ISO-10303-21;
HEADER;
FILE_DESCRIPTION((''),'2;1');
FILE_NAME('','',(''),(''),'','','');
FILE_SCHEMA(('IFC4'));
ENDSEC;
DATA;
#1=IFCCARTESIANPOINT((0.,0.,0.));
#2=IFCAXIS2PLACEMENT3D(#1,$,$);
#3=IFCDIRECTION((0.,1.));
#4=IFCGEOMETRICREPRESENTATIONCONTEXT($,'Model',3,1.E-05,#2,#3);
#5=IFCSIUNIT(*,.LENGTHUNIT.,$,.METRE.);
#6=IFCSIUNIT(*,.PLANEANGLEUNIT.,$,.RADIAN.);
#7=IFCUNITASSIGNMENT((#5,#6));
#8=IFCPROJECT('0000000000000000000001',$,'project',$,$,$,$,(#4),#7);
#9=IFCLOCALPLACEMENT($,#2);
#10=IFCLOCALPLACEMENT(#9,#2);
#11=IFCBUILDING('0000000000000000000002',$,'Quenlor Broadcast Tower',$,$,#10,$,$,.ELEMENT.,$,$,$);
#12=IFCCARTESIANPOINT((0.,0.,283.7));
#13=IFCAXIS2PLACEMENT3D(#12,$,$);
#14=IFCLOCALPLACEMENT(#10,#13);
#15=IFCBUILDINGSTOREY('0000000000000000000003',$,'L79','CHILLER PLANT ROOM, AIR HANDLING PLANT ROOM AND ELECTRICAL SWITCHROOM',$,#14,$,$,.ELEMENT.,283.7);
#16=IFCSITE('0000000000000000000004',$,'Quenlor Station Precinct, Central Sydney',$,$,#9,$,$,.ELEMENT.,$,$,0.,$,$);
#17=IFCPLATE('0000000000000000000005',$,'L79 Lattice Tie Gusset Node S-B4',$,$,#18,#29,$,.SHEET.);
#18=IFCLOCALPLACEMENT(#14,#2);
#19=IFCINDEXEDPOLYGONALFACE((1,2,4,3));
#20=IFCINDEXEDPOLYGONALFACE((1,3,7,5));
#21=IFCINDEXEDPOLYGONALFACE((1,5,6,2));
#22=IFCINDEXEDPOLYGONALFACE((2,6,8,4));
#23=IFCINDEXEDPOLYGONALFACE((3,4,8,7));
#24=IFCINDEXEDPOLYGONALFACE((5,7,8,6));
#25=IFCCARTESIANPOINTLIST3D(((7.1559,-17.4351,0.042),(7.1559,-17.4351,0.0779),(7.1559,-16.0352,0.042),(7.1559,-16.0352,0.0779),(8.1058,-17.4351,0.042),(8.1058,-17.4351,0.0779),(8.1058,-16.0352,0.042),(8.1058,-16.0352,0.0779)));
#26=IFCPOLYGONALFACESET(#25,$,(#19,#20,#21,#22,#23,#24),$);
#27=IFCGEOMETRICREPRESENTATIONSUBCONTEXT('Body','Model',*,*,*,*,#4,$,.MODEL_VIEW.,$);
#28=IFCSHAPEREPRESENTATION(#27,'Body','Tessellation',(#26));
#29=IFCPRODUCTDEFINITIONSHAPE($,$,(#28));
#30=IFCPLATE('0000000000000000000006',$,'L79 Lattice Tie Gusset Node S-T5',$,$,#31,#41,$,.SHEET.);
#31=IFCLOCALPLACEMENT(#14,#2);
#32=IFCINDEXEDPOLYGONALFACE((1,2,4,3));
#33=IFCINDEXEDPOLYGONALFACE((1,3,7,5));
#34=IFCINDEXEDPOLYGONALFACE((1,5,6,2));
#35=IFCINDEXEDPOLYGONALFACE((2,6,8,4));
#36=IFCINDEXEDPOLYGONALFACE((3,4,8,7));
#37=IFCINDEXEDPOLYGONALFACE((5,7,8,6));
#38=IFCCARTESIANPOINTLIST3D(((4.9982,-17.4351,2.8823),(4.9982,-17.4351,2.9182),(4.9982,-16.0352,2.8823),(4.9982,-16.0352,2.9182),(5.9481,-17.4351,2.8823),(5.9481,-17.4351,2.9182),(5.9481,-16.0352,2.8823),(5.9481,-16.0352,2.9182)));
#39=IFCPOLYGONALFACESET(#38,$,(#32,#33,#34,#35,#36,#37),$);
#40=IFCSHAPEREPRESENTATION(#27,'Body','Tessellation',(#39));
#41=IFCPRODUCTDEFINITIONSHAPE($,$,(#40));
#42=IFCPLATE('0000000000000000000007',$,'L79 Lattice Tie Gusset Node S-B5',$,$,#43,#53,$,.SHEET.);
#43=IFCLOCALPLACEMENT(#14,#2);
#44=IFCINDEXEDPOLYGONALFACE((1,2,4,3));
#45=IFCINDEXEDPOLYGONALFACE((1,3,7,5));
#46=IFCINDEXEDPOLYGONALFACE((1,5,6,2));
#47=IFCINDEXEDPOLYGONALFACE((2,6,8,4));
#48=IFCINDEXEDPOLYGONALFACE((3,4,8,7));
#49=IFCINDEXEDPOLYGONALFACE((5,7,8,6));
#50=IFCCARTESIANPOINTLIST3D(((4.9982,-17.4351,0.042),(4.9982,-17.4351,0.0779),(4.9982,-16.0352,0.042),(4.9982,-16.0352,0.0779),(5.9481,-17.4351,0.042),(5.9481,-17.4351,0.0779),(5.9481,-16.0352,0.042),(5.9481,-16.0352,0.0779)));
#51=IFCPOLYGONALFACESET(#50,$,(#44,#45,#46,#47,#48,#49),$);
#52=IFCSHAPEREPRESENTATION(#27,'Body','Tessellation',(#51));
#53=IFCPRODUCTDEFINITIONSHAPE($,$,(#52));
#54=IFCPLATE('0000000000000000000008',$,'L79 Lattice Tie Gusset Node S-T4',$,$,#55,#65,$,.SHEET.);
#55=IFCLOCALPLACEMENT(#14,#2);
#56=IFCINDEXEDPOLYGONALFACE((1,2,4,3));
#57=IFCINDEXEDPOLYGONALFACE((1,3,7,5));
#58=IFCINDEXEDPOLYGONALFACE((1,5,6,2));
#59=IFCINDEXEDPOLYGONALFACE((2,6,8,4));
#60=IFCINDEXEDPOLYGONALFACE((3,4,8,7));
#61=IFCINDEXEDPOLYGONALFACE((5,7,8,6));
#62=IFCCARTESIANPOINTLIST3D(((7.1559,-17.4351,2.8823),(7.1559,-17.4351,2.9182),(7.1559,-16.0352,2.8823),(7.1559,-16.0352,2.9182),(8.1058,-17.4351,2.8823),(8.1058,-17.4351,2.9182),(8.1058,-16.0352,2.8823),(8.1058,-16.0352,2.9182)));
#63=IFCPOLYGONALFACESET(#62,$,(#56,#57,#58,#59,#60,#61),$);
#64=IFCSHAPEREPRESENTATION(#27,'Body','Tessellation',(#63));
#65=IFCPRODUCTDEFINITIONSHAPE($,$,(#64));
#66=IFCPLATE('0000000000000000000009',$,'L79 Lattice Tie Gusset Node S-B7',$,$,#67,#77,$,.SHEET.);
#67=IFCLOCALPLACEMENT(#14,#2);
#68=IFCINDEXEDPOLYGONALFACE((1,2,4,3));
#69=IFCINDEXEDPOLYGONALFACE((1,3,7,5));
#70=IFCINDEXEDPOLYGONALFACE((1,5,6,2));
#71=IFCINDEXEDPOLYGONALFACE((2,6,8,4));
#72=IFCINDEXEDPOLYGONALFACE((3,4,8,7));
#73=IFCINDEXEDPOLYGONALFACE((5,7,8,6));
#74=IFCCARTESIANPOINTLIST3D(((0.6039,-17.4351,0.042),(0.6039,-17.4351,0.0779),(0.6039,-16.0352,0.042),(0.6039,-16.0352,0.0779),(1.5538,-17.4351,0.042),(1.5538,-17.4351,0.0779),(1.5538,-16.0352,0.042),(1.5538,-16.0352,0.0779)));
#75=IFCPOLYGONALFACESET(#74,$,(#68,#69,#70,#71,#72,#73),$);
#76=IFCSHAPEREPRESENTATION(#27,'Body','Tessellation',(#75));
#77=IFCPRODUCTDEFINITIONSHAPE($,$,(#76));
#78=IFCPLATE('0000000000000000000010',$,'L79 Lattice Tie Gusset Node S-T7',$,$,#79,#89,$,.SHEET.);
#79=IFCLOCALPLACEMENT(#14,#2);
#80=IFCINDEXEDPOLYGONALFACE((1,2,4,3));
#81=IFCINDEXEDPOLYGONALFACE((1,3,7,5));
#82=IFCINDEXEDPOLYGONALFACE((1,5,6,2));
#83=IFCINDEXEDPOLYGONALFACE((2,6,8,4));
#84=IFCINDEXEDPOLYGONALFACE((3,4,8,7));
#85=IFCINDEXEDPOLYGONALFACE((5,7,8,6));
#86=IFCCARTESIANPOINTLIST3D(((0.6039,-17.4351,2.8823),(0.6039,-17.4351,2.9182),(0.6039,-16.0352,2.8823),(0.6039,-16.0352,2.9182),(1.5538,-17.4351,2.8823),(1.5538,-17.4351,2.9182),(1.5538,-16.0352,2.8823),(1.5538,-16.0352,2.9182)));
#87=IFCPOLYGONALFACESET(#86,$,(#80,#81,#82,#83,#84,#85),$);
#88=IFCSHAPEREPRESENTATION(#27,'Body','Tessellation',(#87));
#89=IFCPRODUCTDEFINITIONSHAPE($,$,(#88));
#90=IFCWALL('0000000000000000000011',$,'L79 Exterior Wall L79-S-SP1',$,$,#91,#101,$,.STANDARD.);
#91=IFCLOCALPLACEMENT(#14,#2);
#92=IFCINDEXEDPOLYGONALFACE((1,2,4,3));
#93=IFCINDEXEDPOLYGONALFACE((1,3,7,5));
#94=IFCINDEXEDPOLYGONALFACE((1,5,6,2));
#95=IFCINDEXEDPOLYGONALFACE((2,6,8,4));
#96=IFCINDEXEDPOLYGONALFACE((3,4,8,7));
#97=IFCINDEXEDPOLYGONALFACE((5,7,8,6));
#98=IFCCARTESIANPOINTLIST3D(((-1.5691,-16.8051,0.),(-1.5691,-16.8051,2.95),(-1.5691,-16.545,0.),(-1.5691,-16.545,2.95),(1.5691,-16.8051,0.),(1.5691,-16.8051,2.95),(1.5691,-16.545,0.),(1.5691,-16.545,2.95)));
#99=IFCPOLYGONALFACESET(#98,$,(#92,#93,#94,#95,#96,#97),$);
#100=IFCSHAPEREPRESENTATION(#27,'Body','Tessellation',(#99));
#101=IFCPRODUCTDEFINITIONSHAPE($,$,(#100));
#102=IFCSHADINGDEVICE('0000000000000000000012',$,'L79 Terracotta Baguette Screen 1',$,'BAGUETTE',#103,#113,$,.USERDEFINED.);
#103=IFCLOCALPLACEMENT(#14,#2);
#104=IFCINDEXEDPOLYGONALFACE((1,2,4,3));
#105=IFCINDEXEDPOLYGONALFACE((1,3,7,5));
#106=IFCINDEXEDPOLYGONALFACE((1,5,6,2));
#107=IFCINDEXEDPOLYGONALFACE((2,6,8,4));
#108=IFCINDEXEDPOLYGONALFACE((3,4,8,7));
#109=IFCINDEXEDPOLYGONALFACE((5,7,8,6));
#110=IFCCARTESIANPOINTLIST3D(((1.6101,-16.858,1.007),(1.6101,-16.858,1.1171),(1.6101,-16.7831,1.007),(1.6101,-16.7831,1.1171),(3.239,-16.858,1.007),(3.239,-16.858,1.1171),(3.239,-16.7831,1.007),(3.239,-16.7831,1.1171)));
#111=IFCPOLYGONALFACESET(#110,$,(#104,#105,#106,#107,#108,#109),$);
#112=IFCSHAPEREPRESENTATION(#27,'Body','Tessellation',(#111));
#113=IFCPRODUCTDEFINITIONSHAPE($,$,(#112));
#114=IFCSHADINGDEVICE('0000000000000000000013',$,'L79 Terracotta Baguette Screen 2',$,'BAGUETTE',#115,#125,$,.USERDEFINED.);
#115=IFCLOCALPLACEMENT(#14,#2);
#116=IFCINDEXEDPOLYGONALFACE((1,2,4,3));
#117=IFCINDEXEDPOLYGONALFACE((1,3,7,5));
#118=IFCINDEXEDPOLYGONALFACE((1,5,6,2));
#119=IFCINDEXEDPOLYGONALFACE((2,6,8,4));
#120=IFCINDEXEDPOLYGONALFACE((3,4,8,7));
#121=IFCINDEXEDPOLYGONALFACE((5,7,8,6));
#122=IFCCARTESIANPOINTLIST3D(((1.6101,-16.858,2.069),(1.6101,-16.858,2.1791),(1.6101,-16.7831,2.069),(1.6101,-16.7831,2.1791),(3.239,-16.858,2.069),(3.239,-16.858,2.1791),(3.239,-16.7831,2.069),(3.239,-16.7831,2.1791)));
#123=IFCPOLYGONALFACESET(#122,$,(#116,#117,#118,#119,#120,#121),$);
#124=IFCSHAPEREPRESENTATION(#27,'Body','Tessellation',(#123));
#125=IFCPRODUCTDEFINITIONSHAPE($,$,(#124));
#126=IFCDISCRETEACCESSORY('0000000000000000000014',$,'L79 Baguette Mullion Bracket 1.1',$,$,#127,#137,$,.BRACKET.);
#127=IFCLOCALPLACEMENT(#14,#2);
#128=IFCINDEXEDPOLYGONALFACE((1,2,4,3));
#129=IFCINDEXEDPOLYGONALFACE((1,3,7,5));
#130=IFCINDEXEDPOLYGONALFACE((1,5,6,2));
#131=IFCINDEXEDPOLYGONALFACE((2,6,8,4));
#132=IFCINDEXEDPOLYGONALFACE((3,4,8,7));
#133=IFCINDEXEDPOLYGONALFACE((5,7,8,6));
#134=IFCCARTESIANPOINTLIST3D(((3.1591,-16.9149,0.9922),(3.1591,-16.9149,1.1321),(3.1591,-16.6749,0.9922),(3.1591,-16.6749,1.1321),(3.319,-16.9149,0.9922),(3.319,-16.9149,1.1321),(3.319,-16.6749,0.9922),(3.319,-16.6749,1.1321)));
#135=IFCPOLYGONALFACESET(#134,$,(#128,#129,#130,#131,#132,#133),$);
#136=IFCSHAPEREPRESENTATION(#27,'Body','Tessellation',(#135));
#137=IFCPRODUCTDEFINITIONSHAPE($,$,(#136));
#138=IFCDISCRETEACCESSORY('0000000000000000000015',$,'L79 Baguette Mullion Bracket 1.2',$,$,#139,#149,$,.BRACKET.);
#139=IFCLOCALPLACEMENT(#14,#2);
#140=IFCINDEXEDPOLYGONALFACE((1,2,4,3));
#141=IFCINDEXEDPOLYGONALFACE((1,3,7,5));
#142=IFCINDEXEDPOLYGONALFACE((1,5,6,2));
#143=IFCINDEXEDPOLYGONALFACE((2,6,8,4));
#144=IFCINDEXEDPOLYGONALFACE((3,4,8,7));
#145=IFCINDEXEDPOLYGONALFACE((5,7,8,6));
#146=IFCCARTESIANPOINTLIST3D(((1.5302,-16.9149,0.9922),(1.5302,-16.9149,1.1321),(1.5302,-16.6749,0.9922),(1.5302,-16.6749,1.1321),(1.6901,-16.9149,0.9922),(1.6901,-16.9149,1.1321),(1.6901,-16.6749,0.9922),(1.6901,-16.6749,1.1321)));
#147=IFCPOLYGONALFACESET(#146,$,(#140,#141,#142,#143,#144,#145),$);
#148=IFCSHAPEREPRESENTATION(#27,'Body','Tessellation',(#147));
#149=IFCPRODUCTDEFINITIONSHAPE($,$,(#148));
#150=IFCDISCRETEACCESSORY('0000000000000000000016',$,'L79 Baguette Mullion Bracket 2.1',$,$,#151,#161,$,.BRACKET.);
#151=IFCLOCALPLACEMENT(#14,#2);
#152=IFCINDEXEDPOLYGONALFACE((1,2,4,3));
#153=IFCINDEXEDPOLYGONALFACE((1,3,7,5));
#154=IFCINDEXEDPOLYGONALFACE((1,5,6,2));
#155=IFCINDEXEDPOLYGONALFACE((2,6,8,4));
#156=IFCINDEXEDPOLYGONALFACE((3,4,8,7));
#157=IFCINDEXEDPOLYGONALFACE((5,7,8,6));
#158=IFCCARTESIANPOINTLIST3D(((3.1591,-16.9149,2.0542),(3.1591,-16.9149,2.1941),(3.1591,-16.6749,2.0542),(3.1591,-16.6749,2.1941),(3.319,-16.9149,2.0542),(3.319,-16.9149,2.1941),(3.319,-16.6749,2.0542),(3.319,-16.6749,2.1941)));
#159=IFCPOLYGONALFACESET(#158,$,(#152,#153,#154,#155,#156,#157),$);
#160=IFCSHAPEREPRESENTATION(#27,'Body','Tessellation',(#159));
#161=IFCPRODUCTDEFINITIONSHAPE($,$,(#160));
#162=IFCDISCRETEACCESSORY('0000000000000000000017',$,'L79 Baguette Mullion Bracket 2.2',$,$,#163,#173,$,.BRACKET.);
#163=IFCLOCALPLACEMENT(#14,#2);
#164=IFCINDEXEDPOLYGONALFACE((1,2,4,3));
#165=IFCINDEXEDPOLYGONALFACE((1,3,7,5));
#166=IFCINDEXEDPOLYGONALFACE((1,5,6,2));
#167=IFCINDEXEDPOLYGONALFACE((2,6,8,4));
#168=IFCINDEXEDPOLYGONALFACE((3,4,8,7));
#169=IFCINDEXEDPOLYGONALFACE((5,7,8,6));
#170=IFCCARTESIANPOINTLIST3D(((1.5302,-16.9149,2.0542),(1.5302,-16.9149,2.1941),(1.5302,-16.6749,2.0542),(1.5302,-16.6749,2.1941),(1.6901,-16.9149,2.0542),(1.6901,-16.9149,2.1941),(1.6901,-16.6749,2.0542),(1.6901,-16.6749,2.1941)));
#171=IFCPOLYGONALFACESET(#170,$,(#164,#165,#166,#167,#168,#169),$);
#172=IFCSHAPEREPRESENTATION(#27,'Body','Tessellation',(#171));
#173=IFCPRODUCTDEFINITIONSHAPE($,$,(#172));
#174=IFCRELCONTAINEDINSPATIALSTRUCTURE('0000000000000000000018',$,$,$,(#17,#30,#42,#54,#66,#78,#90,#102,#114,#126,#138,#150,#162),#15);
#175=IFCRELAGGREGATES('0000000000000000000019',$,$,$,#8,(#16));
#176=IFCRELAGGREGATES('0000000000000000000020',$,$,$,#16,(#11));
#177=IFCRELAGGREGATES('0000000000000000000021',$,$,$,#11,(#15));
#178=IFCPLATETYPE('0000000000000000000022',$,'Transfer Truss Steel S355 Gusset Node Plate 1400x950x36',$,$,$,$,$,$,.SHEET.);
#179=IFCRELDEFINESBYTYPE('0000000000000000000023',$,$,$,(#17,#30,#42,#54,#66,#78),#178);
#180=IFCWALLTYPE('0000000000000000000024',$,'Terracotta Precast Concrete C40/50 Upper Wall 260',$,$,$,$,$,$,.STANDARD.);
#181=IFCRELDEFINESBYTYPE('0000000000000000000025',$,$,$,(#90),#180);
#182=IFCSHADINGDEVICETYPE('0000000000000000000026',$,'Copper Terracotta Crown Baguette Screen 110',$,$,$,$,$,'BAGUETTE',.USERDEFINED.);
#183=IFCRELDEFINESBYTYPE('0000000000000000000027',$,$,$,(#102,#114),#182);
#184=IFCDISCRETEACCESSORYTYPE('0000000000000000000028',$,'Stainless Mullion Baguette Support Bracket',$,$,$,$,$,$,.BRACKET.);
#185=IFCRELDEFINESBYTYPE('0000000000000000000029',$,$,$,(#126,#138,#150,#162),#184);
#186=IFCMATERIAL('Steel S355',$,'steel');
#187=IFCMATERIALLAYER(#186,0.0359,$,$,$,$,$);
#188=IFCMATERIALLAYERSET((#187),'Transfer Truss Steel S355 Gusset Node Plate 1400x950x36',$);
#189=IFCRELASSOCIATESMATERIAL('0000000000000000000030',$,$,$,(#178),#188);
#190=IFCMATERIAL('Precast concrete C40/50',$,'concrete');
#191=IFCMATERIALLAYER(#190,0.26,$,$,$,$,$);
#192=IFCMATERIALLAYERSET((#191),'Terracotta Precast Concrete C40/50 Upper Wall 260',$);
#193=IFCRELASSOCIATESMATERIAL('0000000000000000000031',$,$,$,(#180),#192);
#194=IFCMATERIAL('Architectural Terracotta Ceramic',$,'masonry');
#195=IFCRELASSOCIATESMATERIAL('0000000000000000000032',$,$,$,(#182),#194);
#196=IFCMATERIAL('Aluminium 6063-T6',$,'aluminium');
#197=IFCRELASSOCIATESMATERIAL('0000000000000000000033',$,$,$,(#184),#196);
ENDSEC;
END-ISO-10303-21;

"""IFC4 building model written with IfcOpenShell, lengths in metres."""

from ifc_helpers import new_model, si_unit, direction, frame, frame_2d, origin, origin_2d, place, context, subcontext, project, spatial, rectangle, extrude, material, layer, layer_set, material_profile, profile_set, type_object, element, save


model = new_model("IFC4")

# Units and contexts
model_context = context("Model", 3, precision=1e-05, world=origin(), true_north=direction((0.0, 1.0)))
body_context = subcontext(model_context, "Body", "Model", "MODEL_VIEW")
ifc_project = project(units=[si_unit("LENGTHUNIT", "METRE"), si_unit("PLANEANGLEUNIT", "RADIAN")], contexts=[model_context])

# Site, building, storey
site_placement = place(None, origin())
site = spatial("IfcSite", under=ifc_project, at=site_placement, Name="Quenlor Station Precinct, Central Sydney", CompositionType="ELEMENT", RefElevation=0.0)
building_placement = place(site_placement, origin())
building = spatial("IfcBuilding", under=site, at=building_placement, Name="Quenlor Broadcast Tower", CompositionType="ELEMENT")
storey_placement = place(building_placement, frame((0.0, 0.0, 283.7)))
storey = spatial("IfcBuildingStorey", under=building, at=storey_placement, Name="L79", Description="CHILLER PLANT ROOM, AIR HANDLING PLANT ROOM AND ELECTRICAL SWITCHROOM", CompositionType="ELEMENT", Elevation=283.7)

# Plates
ifc_material_1 = material(Name="Steel S355", Category="steel")
ifc_layer_1 = layer(ifc_material_1, 0.0359)
ifc_layer_set_1 = layer_set([ifc_layer_1], Name="Transfer Truss Steel S355 Gusset Node Plate 1400x950x36")
plate_type_1 = type_object("IfcPlateType", Name="Transfer Truss Steel S355 Gusset Node Plate 1400x950x36", PredefinedType="SHEET", material=ifc_layer_set_1)
for number, where, z_axis, x_axis, name in (
    (1, (7.6309, -16.7351, 0.042), (0.0, 0.0, 1.0), (0.0, -1.0, 0.0), "L79 Lattice Tie Gusset Node S-B4"),
    (2, (5.4731, -16.7351, 2.8823), (0.0, 0.0, 1.0), (0.0, -1.0, 0.0), "L79 Lattice Tie Gusset Node S-T5"),
    (3, (5.4731, -16.7351, 0.042), (0.0, 0.0, 1.0), (0.0, -1.0, 0.0), "L79 Lattice Tie Gusset Node S-B5"),
    (4, (7.6309, -16.7351, 2.8823), (0.0, 0.0, 1.0), (0.0, -1.0, 0.0), "L79 Lattice Tie Gusset Node S-T4"),
    (5, (1.0789, -16.7351, 0.042), (0.0, 0.0, 1.0), (0.0, -1.0, 0.0), "L79 Lattice Tie Gusset Node S-B7"),
    (6, (1.0789, -16.7351, 2.8823), (0.0, 0.0, 1.0), (0.0, -1.0, 0.0), "L79 Lattice Tie Gusset Node S-T7"),
):
    element("IfcPlate", number, at=place(storey_placement, frame(where, z_axis=z_axis, x_axis=x_axis)), inside=storey, type_object=plate_type_1, Name=name, PredefinedType="SHEET", context=body_context, shape_type="SweptSolid", body=[
        extrude(rectangle(XDim=1.3999, YDim=0.95, at=origin_2d()), origin(), (0.0, 0.0, 1.0), 0.0359),
    ])

# Wall
ifc_material_2 = material(Name="Precast concrete C40/50", Category="concrete")
ifc_layer_2 = layer(ifc_material_2, 0.26)
ifc_layer_set_2 = layer_set([ifc_layer_2], Name="Terracotta Precast Concrete C40/50 Upper Wall 260")
wall_type = type_object("IfcWallType", Name="Terracotta Precast Concrete C40/50 Upper Wall 260", PredefinedType="STANDARD", material=ifc_layer_set_2)
wall_placement = place(storey_placement, frame((1.5691, -16.675, 0.0), z_axis=(0.0, 0.0, 1.0), x_axis=(-1.0, 0.0, 0.0)))
element("IfcWall", 7, at=wall_placement, inside=storey, type_object=wall_type, Name="L79 Exterior Wall L79-S-SP1", PredefinedType="STANDARD", context=body_context, shape_type="SweptSolid", body=[
    extrude(rectangle(XDim=3.1382, YDim=0.26, at=frame_2d((1.5691, 0.0))), origin(), (0.0, 0.0, 1.0), 2.95),
])

# Shading devices
ifc_material_3 = material(Name="Architectural Terracotta Ceramic", Category="masonry")
ifc_material_profile_1 = material_profile(ifc_material_3, rectangle(XDim=0.075, YDim=0.1101, at=origin_2d()))
ifc_profile_set_1 = profile_set([ifc_material_profile_1], Name="Architectural Terracotta Ceramic BAG75x110")
shading_device_type = type_object("IfcShadingDeviceType", Name="Copper Terracotta Crown Baguette Screen 110", ElementType="BAGUETTE", PredefinedType="USERDEFINED", material=ifc_profile_set_1)
for number, where, z_axis, x_axis, name in (
    (8, (3.239, -16.8206, 1.062), (-1.0, 0.0, 0.0), (0.0, -1.0, 0.0), "L79 Terracotta Baguette Screen 1"),
    (9, (3.239, -16.8206, 2.124), (-1.0, 0.0, 0.0), (0.0, -1.0, 0.0), "L79 Terracotta Baguette Screen 2"),
):
    element("IfcShadingDevice", number, at=place(storey_placement, frame(where, z_axis=z_axis, x_axis=x_axis)), inside=storey, type_object=shading_device_type, Name=name, ObjectType="BAGUETTE", PredefinedType="USERDEFINED", context=body_context, shape_type="SweptSolid", body=[
        extrude(rectangle(XDim=0.075, YDim=0.1101, at=origin_2d()), origin(), (0.0, 0.0, 1.0), 1.6289),
    ])

# Discrete accessories
ifc_material_4 = material(Name="Aluminium 6063-T6", Category="aluminium")
discrete_accessory_type = type_object("IfcDiscreteAccessoryType", Name="Stainless Mullion Baguette Support Bracket", PredefinedType="BRACKET", material=ifc_material_4)
for number, where, z_axis, x_axis, name in (
    (10, (3.239, -16.7949, 0.9922), (0.0, 0.0, 1.0), (-1.0, 0.0, 0.0), "L79 Baguette Mullion Bracket 1.1"),
    (11, (1.6101, -16.7949, 0.9922), (0.0, 0.0, 1.0), (-1.0, 0.0, 0.0), "L79 Baguette Mullion Bracket 1.2"),
    (12, (3.239, -16.7949, 2.0542), (0.0, 0.0, 1.0), (-1.0, 0.0, 0.0), "L79 Baguette Mullion Bracket 2.1"),
    (13, (1.6101, -16.7949, 2.0542), (0.0, 0.0, 1.0), (-1.0, 0.0, 0.0), "L79 Baguette Mullion Bracket 2.2"),
):
    element("IfcDiscreteAccessory", number, at=place(storey_placement, frame(where, z_axis=z_axis, x_axis=x_axis)), inside=storey, type_object=discrete_accessory_type, Name=name, PredefinedType="BRACKET", context=body_context, shape_type="SweptSolid", body=[
        extrude(rectangle(XDim=0.1599, YDim=0.24, at=origin_2d()), origin(), (0.0, 0.0, 1.0), 0.1399),
    ])

save(model, "model.ifc")
